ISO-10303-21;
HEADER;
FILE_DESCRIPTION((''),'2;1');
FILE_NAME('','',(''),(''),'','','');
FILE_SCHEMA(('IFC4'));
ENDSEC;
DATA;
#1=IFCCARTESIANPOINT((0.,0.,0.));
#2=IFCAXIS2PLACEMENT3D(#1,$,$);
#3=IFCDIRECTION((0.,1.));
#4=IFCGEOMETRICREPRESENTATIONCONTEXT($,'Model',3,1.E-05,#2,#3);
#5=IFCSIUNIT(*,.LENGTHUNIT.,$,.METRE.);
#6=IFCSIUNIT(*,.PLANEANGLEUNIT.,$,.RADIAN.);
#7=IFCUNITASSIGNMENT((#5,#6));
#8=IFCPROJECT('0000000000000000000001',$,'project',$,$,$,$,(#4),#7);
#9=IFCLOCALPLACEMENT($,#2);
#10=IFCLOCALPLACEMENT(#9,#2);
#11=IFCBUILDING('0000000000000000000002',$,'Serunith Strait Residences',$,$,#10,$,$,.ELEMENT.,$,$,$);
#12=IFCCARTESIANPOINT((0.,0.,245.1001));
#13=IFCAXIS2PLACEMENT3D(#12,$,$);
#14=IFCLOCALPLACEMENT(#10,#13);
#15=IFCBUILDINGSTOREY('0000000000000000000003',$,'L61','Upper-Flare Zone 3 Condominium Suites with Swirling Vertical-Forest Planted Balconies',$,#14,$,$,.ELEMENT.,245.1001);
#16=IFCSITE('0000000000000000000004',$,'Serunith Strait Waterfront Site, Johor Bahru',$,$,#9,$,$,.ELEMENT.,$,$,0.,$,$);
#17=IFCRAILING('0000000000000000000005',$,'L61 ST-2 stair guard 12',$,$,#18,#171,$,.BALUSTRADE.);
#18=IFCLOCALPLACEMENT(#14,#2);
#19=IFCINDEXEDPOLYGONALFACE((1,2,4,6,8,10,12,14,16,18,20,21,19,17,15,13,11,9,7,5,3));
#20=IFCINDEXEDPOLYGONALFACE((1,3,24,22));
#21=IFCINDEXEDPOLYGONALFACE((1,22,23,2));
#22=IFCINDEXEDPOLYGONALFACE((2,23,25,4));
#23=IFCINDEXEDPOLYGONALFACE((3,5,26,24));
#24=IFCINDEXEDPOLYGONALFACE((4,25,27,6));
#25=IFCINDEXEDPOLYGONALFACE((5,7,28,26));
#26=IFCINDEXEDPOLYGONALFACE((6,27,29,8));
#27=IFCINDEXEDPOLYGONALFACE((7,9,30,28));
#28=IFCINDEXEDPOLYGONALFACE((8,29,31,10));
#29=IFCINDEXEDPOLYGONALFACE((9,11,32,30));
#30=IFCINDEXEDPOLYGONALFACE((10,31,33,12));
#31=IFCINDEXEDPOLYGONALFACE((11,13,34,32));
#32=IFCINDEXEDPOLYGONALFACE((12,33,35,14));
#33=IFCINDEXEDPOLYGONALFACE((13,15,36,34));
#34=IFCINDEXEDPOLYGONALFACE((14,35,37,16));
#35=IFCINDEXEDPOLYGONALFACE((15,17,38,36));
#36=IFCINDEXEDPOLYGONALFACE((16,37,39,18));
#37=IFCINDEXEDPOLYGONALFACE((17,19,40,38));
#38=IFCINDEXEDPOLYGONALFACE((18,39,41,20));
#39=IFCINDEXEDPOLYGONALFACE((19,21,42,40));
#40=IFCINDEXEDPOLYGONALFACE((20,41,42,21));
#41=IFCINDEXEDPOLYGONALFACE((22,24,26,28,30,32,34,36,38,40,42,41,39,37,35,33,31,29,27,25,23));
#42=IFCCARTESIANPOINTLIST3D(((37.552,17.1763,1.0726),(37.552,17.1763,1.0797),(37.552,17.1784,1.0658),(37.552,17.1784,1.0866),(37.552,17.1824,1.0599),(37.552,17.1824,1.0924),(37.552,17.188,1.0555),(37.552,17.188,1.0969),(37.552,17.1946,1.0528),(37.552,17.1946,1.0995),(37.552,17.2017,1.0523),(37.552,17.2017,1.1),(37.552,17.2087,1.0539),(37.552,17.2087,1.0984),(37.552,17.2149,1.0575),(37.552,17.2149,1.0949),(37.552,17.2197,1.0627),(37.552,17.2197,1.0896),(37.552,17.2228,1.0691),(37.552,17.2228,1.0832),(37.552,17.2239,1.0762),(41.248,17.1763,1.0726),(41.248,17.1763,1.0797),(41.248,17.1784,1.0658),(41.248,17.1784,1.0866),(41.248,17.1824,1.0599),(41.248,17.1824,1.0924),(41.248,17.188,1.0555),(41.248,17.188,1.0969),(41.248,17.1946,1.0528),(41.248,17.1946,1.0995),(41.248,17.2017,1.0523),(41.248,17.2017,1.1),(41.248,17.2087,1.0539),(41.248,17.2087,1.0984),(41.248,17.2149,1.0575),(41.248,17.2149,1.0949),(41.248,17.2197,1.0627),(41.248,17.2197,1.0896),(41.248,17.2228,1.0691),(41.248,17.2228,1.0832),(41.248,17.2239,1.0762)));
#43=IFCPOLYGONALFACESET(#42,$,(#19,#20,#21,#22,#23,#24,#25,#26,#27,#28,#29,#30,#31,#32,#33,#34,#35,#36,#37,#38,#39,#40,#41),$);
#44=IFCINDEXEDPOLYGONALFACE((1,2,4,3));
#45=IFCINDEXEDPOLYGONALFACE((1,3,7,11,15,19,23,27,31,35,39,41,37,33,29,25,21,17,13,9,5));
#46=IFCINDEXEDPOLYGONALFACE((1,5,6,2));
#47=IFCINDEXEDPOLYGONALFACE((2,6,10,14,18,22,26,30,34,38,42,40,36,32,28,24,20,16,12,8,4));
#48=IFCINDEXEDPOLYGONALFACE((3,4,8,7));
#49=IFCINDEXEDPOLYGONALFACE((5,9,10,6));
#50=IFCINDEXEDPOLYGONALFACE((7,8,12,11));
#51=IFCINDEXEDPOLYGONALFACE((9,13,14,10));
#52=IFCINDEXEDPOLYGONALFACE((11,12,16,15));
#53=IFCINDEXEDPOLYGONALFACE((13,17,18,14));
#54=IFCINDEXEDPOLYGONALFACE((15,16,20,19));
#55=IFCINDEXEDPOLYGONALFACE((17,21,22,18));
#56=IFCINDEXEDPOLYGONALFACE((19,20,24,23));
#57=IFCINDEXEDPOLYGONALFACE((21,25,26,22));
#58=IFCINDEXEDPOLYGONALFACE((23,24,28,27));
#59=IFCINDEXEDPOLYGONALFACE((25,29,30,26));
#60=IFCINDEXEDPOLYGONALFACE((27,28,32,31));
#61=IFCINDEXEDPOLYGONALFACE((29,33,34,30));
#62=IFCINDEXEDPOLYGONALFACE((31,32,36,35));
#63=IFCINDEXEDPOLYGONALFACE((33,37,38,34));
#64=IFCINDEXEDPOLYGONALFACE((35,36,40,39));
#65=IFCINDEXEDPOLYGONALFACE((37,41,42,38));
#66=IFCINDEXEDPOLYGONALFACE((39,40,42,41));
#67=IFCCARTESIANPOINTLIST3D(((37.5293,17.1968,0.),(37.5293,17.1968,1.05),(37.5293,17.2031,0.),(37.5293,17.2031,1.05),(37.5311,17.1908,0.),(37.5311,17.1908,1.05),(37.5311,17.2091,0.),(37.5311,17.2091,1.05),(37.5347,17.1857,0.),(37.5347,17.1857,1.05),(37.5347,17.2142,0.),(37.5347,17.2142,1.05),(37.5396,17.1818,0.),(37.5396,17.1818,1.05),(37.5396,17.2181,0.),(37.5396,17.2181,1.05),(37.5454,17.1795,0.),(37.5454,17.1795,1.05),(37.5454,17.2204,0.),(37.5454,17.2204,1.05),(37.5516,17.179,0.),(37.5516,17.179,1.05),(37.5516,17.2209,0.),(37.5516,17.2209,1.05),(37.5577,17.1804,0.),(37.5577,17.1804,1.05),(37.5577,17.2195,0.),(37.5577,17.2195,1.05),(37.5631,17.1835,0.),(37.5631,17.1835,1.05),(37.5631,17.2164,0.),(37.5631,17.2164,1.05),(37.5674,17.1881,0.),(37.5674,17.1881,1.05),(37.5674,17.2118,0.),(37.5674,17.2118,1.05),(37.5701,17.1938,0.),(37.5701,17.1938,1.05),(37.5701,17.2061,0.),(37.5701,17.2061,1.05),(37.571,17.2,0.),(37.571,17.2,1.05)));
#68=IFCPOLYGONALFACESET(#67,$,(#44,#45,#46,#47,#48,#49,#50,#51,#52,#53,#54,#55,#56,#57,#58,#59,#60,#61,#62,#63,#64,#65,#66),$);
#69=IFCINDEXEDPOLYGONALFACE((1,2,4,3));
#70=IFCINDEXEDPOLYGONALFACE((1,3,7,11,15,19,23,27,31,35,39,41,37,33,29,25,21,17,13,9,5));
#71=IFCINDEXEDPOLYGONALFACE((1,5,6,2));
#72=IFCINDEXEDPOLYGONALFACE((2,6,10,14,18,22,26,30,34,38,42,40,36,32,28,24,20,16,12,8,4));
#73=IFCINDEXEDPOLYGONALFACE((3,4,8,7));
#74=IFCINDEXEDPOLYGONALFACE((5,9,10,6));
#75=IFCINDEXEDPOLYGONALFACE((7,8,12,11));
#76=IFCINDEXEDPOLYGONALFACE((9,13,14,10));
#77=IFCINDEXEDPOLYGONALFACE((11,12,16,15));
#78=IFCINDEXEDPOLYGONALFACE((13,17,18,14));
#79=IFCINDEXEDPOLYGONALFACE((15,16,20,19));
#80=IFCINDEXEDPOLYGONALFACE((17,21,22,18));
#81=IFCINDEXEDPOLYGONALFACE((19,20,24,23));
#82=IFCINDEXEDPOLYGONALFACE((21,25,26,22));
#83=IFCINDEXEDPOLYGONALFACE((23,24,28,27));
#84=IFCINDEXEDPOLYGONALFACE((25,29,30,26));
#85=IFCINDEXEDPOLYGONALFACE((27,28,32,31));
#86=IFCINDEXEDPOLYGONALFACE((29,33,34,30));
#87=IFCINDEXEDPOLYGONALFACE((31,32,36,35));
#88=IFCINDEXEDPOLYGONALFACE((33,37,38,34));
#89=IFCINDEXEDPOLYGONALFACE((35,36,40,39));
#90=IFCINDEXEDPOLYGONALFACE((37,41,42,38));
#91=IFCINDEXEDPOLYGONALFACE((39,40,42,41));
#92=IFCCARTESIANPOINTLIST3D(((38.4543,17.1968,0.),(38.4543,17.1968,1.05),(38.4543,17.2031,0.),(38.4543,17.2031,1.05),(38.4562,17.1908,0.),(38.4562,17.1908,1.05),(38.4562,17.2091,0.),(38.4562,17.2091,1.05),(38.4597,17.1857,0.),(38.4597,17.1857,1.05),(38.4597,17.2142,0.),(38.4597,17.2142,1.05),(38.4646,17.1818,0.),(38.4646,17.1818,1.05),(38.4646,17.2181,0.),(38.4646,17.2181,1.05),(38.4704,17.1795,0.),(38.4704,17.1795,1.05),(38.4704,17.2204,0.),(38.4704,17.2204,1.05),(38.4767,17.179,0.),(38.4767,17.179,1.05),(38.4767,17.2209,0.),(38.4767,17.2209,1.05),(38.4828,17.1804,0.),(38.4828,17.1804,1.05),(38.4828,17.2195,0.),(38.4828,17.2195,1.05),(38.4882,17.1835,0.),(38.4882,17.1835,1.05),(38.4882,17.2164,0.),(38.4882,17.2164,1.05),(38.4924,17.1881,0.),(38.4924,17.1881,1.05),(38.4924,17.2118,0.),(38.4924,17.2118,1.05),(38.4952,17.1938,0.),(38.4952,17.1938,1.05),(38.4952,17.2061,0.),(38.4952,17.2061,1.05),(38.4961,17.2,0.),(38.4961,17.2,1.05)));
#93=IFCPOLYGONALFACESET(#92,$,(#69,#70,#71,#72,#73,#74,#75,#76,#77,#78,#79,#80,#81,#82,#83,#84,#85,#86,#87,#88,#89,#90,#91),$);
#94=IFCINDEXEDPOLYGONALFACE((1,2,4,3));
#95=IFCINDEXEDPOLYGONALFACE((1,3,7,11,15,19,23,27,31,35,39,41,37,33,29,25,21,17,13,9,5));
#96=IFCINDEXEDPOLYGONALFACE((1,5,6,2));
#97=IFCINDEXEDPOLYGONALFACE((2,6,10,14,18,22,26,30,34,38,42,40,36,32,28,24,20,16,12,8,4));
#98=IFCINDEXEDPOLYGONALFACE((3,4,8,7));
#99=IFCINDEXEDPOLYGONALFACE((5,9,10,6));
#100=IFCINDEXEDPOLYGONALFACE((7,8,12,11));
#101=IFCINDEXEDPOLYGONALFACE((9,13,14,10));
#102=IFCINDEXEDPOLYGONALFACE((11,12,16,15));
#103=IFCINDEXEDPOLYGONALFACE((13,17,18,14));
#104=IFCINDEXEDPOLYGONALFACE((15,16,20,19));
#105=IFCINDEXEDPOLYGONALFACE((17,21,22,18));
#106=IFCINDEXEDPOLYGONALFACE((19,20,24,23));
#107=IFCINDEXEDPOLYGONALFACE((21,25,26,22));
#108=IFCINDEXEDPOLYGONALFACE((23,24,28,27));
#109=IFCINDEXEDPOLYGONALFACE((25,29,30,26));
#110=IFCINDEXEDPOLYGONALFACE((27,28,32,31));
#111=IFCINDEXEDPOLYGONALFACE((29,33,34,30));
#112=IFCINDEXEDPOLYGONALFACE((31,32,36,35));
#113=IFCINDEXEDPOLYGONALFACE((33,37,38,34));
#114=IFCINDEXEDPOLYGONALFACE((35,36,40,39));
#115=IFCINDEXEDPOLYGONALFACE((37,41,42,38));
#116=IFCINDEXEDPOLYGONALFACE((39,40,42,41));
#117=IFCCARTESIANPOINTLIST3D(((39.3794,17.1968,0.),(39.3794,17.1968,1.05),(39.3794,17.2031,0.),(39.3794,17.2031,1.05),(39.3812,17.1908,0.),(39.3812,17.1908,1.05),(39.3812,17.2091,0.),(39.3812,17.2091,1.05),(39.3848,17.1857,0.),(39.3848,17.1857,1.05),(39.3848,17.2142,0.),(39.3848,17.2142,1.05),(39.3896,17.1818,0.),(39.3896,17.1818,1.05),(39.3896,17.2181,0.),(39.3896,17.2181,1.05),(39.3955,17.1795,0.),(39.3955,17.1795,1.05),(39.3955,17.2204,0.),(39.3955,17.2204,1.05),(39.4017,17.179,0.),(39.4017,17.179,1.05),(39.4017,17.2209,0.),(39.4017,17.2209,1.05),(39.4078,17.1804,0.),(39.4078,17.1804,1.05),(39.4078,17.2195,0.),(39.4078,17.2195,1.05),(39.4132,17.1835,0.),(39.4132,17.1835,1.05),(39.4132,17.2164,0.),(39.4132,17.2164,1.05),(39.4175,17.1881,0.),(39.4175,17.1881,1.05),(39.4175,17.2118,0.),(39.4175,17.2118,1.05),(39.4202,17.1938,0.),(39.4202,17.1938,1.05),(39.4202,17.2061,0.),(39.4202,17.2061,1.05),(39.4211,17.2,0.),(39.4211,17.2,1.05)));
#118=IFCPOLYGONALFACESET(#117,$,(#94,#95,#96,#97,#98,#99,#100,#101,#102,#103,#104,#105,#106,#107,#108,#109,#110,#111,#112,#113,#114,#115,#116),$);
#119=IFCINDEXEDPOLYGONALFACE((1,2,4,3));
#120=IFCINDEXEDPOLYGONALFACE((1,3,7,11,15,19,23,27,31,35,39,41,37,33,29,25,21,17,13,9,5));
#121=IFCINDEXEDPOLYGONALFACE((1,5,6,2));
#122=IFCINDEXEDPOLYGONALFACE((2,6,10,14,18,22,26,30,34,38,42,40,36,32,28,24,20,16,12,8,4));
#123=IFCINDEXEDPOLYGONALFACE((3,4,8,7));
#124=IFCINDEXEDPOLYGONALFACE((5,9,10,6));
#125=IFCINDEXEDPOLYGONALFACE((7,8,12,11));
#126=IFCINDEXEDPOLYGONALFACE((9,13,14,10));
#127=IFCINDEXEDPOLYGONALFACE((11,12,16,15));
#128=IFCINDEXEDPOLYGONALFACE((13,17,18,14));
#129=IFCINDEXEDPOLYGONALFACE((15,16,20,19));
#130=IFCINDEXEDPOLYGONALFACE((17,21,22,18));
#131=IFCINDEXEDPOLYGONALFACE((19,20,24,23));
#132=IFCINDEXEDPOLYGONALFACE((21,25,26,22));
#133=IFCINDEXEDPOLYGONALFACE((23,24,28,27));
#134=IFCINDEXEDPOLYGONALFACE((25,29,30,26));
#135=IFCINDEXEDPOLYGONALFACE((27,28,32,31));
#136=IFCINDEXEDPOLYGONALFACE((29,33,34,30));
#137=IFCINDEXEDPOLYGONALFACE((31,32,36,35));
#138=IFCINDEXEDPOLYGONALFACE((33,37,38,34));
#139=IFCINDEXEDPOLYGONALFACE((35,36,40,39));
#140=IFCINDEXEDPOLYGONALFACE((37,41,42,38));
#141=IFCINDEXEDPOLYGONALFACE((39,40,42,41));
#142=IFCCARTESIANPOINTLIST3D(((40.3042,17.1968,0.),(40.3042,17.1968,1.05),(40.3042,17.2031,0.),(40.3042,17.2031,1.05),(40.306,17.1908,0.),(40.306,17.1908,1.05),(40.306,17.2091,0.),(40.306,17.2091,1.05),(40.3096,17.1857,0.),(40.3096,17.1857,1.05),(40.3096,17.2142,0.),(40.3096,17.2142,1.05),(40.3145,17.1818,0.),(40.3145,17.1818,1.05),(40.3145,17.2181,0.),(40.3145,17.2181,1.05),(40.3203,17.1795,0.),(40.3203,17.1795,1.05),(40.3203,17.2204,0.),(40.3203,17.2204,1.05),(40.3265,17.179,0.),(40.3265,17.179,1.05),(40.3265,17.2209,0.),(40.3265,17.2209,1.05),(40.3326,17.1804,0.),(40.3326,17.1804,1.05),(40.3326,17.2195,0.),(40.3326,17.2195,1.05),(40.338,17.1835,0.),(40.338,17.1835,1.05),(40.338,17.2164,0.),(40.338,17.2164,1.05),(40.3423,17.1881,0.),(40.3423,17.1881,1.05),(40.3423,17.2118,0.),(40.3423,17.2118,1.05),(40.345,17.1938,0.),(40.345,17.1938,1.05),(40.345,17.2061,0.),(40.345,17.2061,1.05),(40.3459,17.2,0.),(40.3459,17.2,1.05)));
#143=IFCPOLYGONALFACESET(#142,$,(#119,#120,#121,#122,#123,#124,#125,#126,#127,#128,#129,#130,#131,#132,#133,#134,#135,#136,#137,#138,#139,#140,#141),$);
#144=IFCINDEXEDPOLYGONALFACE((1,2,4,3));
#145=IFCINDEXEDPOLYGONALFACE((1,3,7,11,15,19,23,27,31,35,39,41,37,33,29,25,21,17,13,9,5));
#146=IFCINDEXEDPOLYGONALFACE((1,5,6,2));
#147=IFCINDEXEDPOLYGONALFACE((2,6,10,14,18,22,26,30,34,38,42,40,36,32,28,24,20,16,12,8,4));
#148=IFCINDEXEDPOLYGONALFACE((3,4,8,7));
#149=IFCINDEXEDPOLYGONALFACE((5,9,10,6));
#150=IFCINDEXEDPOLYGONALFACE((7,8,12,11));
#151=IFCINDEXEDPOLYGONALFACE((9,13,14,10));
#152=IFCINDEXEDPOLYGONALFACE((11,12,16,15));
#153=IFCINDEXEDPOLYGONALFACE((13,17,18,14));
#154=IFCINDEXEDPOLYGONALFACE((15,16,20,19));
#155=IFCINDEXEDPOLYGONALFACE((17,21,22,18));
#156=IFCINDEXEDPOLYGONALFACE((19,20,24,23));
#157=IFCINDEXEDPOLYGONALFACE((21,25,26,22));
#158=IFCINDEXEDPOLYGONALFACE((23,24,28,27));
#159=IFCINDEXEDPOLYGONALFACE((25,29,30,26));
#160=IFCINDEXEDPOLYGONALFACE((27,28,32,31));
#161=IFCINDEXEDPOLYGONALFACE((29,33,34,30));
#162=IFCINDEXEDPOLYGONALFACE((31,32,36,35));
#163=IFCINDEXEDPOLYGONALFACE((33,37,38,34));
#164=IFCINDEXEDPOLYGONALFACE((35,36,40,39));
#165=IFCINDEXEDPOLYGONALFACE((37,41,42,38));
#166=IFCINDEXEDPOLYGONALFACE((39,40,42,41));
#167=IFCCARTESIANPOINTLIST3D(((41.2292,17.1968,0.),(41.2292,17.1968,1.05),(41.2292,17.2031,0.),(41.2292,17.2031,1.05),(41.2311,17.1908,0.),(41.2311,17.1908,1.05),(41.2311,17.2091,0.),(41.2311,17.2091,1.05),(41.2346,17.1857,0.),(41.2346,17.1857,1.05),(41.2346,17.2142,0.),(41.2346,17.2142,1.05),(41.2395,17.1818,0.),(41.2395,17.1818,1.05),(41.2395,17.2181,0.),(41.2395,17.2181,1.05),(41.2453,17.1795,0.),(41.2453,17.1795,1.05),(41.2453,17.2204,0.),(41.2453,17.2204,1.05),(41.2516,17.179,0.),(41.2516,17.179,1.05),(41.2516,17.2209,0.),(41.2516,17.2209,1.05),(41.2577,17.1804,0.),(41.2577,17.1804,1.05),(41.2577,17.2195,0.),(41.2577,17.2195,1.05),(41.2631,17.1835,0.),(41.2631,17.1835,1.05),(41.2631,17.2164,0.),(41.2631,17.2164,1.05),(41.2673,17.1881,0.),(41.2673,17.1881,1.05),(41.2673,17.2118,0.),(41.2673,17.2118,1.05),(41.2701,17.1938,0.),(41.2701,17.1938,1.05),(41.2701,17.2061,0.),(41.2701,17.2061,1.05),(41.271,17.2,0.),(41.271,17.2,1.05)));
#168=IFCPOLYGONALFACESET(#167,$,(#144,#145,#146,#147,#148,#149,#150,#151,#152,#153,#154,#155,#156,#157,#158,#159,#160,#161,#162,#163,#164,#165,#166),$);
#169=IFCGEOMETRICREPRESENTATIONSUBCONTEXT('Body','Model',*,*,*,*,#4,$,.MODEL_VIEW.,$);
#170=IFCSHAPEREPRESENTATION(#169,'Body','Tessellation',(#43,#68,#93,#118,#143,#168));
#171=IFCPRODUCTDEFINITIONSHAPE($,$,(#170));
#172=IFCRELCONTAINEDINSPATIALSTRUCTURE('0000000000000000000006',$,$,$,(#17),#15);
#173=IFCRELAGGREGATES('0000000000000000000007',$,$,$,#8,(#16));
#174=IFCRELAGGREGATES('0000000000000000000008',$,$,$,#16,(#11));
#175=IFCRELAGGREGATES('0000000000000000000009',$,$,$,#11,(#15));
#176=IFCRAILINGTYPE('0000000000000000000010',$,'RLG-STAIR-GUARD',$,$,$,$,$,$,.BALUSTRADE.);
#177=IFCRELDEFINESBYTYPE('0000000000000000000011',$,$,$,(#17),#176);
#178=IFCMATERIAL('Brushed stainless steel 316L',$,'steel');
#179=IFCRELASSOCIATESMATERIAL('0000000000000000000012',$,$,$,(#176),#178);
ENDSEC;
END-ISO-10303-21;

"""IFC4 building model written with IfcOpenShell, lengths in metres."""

from ifc_helpers import new_model, si_unit, direction, frame, origin, origin_2d, place, context, subcontext, project, spatial, circle, extrude, material, type_object, element, save


model = new_model("IFC4")

# Units and contexts
model_context = context("Model", 3, precision=1e-05, world=origin(), true_north=direction((0.0, 1.0)))
body_context = subcontext(model_context, "Body", "Model", "MODEL_VIEW")
ifc_project = project(units=[si_unit("LENGTHUNIT", "METRE"), si_unit("PLANEANGLEUNIT", "RADIAN")], contexts=[model_context])

# Site, building, storey
site_placement = place(None, origin())
site = spatial("IfcSite", under=ifc_project, at=site_placement, Name="Serunith Strait Waterfront Site, Johor Bahru", CompositionType="ELEMENT", RefElevation=0.0)
building_placement = place(site_placement, origin())
building = spatial("IfcBuilding", under=site, at=building_placement, Name="Serunith Strait Residences", CompositionType="ELEMENT")
storey_placement = place(building_placement, frame((0.0, 0.0, 245.1001)))
storey = spatial("IfcBuildingStorey", under=building, at=storey_placement, Name="L61", Description="Upper-Flare Zone 3 Condominium Suites with Swirling Vertical-Forest Planted Balconies", CompositionType="ELEMENT", Elevation=245.1001)

# Railing
ifc_material_1 = material(Name="Brushed stainless steel 316L", Category="steel")
railing_type_1 = type_object("IfcRailingType", Name="RLG-STAIR-GUARD", PredefinedType="BALUSTRADE", material=ifc_material_1)
railing_1_placement = place(storey_placement, frame((37.55, 17.2, 0.0)))
element("IfcRailing", 1, at=railing_1_placement, inside=storey, type_object=railing_type_1, Name="L61 ST-2 stair guard 12", PredefinedType="BALUSTRADE", context=body_context, shape_type="SweptSolid", body=[
    extrude(circle(Radius=0.0239, at=origin_2d()), frame((0.002, 0.0, 1.0762), z_axis=(1.0, 0.0, 0.0), x_axis=(0.0, 1.0, 0.0)), (0.0, 0.0, 1.0), 3.696),
    extrude(circle(Radius=0.021, at=origin_2d()), origin(), (0.0, 0.0, 1.0), 1.05),
    extrude(circle(Radius=0.021, at=origin_2d()), frame((0.925, 0.0, 0.0)), (0.0, 0.0, 1.0), 1.05),
    extrude(circle(Radius=0.021, at=origin_2d()), frame((1.8501, 0.0, 0.0)), (0.0, 0.0, 1.0), 1.05),
    extrude(circle(Radius=0.021, at=origin_2d()), frame((2.7749, 0.0, 0.0)), (0.0, 0.0, 1.0), 1.05),
    extrude(circle(Radius=0.021, at=origin_2d()), frame((3.7, 0.0, 0.0)), (0.0, 0.0, 1.0), 1.05),
])

save(model, "model.ifc")
